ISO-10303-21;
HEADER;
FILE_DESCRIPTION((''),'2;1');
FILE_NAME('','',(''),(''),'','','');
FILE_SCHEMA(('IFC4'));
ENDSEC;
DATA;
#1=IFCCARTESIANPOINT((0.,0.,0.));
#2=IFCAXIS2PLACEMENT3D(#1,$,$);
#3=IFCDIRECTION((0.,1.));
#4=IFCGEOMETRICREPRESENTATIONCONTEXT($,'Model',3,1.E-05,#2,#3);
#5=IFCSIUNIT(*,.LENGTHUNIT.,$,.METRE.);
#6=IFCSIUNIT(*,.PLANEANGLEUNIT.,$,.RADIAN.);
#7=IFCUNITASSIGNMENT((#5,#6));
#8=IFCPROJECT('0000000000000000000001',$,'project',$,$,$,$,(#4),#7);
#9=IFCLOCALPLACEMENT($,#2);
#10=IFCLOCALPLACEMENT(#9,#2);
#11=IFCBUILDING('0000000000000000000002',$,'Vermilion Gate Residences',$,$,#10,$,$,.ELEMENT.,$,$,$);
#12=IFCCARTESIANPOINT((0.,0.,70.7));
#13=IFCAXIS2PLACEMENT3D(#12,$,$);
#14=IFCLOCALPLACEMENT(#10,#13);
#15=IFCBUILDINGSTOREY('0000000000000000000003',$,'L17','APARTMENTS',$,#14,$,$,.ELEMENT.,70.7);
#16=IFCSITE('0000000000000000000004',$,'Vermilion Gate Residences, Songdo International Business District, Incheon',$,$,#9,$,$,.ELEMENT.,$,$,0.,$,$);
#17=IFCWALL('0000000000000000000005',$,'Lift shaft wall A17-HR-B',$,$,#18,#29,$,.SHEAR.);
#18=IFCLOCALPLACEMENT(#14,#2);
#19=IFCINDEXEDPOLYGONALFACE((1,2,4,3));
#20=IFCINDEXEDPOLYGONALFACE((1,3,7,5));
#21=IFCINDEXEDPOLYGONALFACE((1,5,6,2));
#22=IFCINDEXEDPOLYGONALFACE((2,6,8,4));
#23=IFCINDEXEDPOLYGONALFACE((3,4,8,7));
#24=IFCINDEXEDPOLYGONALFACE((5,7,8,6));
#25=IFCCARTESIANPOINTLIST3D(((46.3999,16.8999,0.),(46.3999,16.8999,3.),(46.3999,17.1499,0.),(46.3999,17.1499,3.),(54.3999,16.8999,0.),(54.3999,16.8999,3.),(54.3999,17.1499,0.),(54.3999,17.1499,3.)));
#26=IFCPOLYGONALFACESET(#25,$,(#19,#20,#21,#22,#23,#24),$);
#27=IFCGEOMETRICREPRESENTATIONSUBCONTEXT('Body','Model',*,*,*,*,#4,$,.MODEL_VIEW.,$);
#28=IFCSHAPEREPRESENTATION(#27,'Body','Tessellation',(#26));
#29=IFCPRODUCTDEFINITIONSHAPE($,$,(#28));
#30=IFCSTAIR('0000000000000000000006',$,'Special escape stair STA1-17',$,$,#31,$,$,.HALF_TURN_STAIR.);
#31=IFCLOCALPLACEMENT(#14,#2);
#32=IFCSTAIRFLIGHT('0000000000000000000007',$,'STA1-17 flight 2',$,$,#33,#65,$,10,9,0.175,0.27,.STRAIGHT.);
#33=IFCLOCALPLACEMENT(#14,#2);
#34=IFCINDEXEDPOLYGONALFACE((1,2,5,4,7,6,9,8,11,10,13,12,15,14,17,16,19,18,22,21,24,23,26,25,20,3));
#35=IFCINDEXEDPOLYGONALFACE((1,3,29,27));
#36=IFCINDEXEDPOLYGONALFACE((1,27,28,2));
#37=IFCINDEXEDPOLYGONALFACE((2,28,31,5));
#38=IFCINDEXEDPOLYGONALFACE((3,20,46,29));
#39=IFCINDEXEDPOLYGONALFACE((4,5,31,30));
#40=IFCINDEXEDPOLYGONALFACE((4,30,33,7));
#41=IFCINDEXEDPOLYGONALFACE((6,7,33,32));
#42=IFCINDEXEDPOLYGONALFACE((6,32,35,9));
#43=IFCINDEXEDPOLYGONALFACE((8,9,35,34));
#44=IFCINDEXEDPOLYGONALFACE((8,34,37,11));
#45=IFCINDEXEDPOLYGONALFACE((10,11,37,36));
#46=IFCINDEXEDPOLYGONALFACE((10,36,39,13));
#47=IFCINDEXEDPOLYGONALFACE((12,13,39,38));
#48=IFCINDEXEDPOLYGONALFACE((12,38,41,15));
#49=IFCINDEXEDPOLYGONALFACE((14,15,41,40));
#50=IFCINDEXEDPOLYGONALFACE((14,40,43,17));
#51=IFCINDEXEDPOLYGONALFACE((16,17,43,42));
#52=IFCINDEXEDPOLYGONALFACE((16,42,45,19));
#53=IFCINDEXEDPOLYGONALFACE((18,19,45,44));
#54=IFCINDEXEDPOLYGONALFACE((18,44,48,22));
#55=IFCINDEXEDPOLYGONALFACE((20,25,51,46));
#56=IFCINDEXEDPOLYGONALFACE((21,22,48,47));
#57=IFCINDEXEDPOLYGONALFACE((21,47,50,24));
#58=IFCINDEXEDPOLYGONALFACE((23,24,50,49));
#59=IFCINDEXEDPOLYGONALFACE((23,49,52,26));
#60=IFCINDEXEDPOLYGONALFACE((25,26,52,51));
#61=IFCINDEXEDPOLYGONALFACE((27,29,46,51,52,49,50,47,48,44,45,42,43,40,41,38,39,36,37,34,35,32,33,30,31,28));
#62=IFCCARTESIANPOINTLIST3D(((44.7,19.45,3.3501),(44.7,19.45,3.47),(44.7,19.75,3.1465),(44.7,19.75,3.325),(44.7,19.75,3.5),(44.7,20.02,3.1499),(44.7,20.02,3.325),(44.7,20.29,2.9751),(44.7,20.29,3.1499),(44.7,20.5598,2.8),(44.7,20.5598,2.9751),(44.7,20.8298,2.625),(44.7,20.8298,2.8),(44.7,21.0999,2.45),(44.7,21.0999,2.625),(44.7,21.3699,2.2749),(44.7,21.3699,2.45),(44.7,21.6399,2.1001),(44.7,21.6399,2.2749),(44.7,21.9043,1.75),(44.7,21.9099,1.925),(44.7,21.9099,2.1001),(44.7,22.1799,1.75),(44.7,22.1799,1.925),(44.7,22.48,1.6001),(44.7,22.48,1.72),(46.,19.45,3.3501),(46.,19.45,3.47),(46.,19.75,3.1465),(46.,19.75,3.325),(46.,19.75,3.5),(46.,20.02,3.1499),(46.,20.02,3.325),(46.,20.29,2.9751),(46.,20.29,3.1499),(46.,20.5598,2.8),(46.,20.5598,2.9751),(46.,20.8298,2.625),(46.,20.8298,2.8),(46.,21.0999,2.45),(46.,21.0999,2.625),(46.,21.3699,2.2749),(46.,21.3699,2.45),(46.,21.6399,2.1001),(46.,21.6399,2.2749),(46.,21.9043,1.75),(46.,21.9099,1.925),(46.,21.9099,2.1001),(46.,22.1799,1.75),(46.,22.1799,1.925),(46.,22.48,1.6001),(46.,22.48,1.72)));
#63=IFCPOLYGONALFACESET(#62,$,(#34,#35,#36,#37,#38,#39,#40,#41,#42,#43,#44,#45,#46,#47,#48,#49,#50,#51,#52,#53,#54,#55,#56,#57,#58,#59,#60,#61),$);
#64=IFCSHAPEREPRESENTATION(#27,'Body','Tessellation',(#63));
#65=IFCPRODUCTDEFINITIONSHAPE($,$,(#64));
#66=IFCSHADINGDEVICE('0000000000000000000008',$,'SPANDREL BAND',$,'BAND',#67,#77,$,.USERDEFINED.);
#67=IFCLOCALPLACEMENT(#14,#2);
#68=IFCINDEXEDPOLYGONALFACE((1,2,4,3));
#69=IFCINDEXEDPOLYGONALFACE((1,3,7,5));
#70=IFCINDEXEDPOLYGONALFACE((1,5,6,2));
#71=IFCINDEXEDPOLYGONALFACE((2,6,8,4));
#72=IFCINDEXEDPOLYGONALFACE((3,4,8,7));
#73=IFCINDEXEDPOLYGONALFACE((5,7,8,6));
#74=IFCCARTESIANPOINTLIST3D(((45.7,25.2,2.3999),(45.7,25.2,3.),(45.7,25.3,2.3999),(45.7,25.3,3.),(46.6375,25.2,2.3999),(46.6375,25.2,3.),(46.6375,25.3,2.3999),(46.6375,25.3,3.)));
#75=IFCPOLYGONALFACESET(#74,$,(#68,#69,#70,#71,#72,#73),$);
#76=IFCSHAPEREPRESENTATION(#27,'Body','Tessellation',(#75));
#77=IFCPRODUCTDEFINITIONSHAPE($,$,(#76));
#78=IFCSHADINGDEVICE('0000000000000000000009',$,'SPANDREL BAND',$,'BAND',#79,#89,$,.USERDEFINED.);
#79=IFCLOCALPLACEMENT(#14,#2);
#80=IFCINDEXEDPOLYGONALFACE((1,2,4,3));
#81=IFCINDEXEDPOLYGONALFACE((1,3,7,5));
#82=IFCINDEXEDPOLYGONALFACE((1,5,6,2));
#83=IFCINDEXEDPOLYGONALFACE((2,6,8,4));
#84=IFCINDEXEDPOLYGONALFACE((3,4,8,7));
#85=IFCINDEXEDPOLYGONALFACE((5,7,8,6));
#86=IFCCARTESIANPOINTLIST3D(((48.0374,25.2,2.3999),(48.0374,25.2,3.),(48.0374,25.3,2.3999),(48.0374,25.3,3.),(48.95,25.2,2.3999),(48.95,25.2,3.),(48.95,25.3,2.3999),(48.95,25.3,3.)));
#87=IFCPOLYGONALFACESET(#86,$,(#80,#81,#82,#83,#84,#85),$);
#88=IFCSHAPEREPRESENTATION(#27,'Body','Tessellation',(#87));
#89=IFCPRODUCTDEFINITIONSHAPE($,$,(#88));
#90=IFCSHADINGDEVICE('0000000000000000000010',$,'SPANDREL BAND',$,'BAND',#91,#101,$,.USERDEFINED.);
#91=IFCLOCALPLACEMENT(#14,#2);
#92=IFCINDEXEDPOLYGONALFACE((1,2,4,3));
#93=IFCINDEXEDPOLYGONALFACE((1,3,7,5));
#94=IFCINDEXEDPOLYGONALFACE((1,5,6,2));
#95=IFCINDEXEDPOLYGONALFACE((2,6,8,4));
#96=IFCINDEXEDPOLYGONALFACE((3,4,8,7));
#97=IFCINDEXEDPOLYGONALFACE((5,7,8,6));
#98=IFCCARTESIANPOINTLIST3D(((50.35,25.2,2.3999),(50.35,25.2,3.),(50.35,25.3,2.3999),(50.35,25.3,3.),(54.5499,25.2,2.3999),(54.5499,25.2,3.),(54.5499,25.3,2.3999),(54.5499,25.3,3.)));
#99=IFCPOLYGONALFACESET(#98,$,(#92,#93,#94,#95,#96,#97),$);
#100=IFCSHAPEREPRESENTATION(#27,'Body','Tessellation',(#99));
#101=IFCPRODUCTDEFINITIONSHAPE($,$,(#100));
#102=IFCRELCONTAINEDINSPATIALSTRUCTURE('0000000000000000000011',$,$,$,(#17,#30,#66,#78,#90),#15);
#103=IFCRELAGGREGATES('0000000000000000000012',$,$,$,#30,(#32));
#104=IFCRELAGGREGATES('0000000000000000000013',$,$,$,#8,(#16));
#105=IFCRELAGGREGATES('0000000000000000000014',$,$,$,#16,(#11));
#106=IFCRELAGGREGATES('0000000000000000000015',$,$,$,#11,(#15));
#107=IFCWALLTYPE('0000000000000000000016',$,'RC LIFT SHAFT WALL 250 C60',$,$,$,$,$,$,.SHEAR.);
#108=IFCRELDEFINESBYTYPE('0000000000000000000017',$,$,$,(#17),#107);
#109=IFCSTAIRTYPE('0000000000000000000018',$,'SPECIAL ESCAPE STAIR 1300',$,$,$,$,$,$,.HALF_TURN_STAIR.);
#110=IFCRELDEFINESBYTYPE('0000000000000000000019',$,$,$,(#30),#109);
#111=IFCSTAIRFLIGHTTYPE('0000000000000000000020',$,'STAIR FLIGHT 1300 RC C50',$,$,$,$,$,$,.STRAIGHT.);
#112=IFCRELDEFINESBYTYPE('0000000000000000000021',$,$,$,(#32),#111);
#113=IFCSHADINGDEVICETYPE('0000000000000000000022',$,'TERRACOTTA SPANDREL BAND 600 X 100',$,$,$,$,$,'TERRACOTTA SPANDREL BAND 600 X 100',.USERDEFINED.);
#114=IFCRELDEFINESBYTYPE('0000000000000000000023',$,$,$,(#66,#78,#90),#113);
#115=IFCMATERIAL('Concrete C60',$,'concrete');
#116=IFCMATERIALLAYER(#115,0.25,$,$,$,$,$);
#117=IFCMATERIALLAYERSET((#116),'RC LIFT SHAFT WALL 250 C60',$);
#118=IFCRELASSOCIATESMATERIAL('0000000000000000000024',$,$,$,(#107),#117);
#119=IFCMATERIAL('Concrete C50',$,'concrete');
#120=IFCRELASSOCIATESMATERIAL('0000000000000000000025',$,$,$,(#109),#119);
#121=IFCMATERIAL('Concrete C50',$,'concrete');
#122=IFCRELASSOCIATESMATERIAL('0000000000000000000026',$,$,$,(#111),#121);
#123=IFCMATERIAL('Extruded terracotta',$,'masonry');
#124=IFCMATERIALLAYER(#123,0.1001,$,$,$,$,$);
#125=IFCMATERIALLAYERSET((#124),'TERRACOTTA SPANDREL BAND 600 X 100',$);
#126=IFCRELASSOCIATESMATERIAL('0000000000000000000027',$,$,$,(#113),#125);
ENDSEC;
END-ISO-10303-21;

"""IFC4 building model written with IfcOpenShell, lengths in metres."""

from ifc_helpers import new_model, si_unit, direction, frame, frame_2d, origin, origin_2d, place, context, subcontext, project, spatial, polyline, rectangle, outline, extrude, material, layer, layer_set, type_object, element, aggregate, save


model = new_model("IFC4")

# Units and contexts
model_context = context("Model", 3, precision=1e-05, world=origin(), true_north=direction((0.0, 1.0)))
body_context = subcontext(model_context, "Body", "Model", "MODEL_VIEW")
ifc_project = project(units=[si_unit("LENGTHUNIT", "METRE"), si_unit("PLANEANGLEUNIT", "RADIAN")], contexts=[model_context])

# Site, building, storey
site_placement = place(None, origin())
site = spatial("IfcSite", under=ifc_project, at=site_placement, Name="Vermilion Gate Residences, Songdo International Business District, Incheon", CompositionType="ELEMENT", RefElevation=0.0)
building_placement = place(site_placement, origin())
building = spatial("IfcBuilding", under=site, at=building_placement, Name="Vermilion Gate Residences", CompositionType="ELEMENT")
storey_placement = place(building_placement, frame((0.0, 0.0, 70.7)))
storey = spatial("IfcBuildingStorey", under=building, at=storey_placement, Name="L17", Description="APARTMENTS", CompositionType="ELEMENT", Elevation=70.7)

# Wall
ifc_material_1 = material(Name="Concrete C60", Category="concrete")
ifc_layer_1 = layer(ifc_material_1, 0.25)
ifc_layer_set_1 = layer_set([ifc_layer_1], Name="RC LIFT SHAFT WALL 250 C60")
wall_type_1 = type_object("IfcWallType", Name="RC LIFT SHAFT WALL 250 C60", PredefinedType="SHEAR", material=ifc_layer_set_1)
for number, where, z_axis, x_axis, name in (
    (1, (46.3999, 17.0249, 0.0), (0.0, 0.0, 1.0), (1.0, 0.0, 0.0), "Lift shaft wall A17-HR-B"),
):
    element("IfcWall", number, at=place(storey_placement, frame(where, z_axis=z_axis, x_axis=x_axis)), inside=storey, type_object=wall_type_1, Name=name, PredefinedType="SHEAR", context=body_context, shape_type="SweptSolid", body=[
        extrude(rectangle(XDim=8.0, YDim=0.25, at=frame_2d((4.0, 0.0))), origin(), (0.0, 0.0, 1.0), 3.0),
    ])

# Stair, stair flight
ifc_material_2 = material(Name="Concrete C50", Category="concrete")
stair_type = type_object("IfcStairType", Name="SPECIAL ESCAPE STAIR 1300", PredefinedType="HALF_TURN_STAIR", material=ifc_material_2)
stair_placement = place(storey_placement, origin())
stair = element("IfcStair", 2, at=stair_placement, inside=storey, type_object=stair_type, Name="Special escape stair STA1-17", PredefinedType="HALF_TURN_STAIR")
ifc_material_3 = material(Name="Concrete C50", Category="concrete")
stair_flight_type = type_object("IfcStairFlightType", Name="STAIR FLIGHT 1300 RC C50", PredefinedType="STRAIGHT", material=ifc_material_3)
stair_flight_placement = place(storey_placement, frame((45.3501, 22.1799, 1.75), z_axis=(0.0, 0.0, 1.0), x_axis=(0.0, -1.0, 0.0)))
stair_flight = element("IfcStairFlight", 3, at=stair_flight_placement, type_object=stair_flight_type, Name="STA1-17 flight 2", NumberOfRisers=10, NumberOfTreads=9, PredefinedType="STRAIGHT", RiserHeight=0.175, TreadLength=0.27, context=body_context, shape_type="SweptSolid", body=[
    extrude(outline(polyline([(-0.3, -0.1499), (-0.3, -0.03), (0.0, 0.0), (0.0, 0.175), (0.27, 0.175), (0.27, 0.3501), (0.54, 0.3501), (0.54, 0.5249), (0.8101, 0.5249), (0.8101, 0.7), (1.0801, 0.7), (1.0801, 0.875), (1.3501, 0.875), (1.3501, 1.05), (1.6201, 1.05), (1.6201, 1.2251), (1.8899, 1.2251), (1.8899, 1.3999), (2.1599, 1.3999), (2.1599, 1.575), (2.4299, 1.575), (2.4299, 1.75), (2.73, 1.72), (2.73, 1.6001), (2.4299, 1.3965), (0.2756, 0.0), (-0.3, -0.1499)])), frame((0.0, 0.6499, 0.0), z_axis=(0.0, -1.0, 0.0), x_axis=(1.0, 0.0, 0.0)), (0.0, 0.0, 1.0), 1.3),
])
aggregate(stair, [stair_flight])

# Shading devices
ifc_material_4 = material(Name="Extruded terracotta", Category="masonry")
ifc_layer_2 = layer(ifc_material_4, 0.1001)
ifc_layer_set_2 = layer_set([ifc_layer_2], Name="TERRACOTTA SPANDREL BAND 600 X 100")
shading_device_type = type_object("IfcShadingDeviceType", Name="TERRACOTTA SPANDREL BAND 600 X 100", ElementType="TERRACOTTA SPANDREL BAND 600 X 100", PredefinedType="USERDEFINED", material=ifc_layer_set_2)
shading_device_1_placement = place(storey_placement, frame((46.1687, 25.25, 2.3999), z_axis=(0.0, 0.0, 1.0), x_axis=(1.0, 0.0, 0.0)))
element("IfcShadingDevice", 4, at=shading_device_1_placement, inside=storey, type_object=shading_device_type, Name="SPANDREL BAND", ObjectType="BAND", PredefinedType="USERDEFINED", context=body_context, shape_type="SweptSolid", body=[
    extrude(rectangle(XDim=0.9375, YDim=0.1001, at=origin_2d()), origin(), (0.0, 0.0, 1.0), 0.6001),
])
shading_device_2_placement = place(storey_placement, frame((48.4937, 25.25, 2.3999), z_axis=(0.0, 0.0, 1.0), x_axis=(1.0, 0.0, 0.0)))
element("IfcShadingDevice", 5, at=shading_device_2_placement, inside=storey, type_object=shading_device_type, Name="SPANDREL BAND", ObjectType="BAND", PredefinedType="USERDEFINED", context=body_context, shape_type="SweptSolid", body=[
    extrude(rectangle(XDim=0.9126, YDim=0.1001, at=origin_2d()), origin(), (0.0, 0.0, 1.0), 0.6001),
])
shading_device_3_placement = place(storey_placement, frame((52.45, 25.25, 2.3999), z_axis=(0.0, 0.0, 1.0), x_axis=(1.0, 0.0, 0.0)))
element("IfcShadingDevice", 6, at=shading_device_3_placement, inside=storey, type_object=shading_device_type, Name="SPANDREL BAND", ObjectType="BAND", PredefinedType="USERDEFINED", context=body_context, shape_type="SweptSolid", body=[
    extrude(rectangle(XDim=4.2, YDim=0.1001, at=origin_2d()), origin(), (0.0, 0.0, 1.0), 0.6001),
])

save(model, "model.ifc")
